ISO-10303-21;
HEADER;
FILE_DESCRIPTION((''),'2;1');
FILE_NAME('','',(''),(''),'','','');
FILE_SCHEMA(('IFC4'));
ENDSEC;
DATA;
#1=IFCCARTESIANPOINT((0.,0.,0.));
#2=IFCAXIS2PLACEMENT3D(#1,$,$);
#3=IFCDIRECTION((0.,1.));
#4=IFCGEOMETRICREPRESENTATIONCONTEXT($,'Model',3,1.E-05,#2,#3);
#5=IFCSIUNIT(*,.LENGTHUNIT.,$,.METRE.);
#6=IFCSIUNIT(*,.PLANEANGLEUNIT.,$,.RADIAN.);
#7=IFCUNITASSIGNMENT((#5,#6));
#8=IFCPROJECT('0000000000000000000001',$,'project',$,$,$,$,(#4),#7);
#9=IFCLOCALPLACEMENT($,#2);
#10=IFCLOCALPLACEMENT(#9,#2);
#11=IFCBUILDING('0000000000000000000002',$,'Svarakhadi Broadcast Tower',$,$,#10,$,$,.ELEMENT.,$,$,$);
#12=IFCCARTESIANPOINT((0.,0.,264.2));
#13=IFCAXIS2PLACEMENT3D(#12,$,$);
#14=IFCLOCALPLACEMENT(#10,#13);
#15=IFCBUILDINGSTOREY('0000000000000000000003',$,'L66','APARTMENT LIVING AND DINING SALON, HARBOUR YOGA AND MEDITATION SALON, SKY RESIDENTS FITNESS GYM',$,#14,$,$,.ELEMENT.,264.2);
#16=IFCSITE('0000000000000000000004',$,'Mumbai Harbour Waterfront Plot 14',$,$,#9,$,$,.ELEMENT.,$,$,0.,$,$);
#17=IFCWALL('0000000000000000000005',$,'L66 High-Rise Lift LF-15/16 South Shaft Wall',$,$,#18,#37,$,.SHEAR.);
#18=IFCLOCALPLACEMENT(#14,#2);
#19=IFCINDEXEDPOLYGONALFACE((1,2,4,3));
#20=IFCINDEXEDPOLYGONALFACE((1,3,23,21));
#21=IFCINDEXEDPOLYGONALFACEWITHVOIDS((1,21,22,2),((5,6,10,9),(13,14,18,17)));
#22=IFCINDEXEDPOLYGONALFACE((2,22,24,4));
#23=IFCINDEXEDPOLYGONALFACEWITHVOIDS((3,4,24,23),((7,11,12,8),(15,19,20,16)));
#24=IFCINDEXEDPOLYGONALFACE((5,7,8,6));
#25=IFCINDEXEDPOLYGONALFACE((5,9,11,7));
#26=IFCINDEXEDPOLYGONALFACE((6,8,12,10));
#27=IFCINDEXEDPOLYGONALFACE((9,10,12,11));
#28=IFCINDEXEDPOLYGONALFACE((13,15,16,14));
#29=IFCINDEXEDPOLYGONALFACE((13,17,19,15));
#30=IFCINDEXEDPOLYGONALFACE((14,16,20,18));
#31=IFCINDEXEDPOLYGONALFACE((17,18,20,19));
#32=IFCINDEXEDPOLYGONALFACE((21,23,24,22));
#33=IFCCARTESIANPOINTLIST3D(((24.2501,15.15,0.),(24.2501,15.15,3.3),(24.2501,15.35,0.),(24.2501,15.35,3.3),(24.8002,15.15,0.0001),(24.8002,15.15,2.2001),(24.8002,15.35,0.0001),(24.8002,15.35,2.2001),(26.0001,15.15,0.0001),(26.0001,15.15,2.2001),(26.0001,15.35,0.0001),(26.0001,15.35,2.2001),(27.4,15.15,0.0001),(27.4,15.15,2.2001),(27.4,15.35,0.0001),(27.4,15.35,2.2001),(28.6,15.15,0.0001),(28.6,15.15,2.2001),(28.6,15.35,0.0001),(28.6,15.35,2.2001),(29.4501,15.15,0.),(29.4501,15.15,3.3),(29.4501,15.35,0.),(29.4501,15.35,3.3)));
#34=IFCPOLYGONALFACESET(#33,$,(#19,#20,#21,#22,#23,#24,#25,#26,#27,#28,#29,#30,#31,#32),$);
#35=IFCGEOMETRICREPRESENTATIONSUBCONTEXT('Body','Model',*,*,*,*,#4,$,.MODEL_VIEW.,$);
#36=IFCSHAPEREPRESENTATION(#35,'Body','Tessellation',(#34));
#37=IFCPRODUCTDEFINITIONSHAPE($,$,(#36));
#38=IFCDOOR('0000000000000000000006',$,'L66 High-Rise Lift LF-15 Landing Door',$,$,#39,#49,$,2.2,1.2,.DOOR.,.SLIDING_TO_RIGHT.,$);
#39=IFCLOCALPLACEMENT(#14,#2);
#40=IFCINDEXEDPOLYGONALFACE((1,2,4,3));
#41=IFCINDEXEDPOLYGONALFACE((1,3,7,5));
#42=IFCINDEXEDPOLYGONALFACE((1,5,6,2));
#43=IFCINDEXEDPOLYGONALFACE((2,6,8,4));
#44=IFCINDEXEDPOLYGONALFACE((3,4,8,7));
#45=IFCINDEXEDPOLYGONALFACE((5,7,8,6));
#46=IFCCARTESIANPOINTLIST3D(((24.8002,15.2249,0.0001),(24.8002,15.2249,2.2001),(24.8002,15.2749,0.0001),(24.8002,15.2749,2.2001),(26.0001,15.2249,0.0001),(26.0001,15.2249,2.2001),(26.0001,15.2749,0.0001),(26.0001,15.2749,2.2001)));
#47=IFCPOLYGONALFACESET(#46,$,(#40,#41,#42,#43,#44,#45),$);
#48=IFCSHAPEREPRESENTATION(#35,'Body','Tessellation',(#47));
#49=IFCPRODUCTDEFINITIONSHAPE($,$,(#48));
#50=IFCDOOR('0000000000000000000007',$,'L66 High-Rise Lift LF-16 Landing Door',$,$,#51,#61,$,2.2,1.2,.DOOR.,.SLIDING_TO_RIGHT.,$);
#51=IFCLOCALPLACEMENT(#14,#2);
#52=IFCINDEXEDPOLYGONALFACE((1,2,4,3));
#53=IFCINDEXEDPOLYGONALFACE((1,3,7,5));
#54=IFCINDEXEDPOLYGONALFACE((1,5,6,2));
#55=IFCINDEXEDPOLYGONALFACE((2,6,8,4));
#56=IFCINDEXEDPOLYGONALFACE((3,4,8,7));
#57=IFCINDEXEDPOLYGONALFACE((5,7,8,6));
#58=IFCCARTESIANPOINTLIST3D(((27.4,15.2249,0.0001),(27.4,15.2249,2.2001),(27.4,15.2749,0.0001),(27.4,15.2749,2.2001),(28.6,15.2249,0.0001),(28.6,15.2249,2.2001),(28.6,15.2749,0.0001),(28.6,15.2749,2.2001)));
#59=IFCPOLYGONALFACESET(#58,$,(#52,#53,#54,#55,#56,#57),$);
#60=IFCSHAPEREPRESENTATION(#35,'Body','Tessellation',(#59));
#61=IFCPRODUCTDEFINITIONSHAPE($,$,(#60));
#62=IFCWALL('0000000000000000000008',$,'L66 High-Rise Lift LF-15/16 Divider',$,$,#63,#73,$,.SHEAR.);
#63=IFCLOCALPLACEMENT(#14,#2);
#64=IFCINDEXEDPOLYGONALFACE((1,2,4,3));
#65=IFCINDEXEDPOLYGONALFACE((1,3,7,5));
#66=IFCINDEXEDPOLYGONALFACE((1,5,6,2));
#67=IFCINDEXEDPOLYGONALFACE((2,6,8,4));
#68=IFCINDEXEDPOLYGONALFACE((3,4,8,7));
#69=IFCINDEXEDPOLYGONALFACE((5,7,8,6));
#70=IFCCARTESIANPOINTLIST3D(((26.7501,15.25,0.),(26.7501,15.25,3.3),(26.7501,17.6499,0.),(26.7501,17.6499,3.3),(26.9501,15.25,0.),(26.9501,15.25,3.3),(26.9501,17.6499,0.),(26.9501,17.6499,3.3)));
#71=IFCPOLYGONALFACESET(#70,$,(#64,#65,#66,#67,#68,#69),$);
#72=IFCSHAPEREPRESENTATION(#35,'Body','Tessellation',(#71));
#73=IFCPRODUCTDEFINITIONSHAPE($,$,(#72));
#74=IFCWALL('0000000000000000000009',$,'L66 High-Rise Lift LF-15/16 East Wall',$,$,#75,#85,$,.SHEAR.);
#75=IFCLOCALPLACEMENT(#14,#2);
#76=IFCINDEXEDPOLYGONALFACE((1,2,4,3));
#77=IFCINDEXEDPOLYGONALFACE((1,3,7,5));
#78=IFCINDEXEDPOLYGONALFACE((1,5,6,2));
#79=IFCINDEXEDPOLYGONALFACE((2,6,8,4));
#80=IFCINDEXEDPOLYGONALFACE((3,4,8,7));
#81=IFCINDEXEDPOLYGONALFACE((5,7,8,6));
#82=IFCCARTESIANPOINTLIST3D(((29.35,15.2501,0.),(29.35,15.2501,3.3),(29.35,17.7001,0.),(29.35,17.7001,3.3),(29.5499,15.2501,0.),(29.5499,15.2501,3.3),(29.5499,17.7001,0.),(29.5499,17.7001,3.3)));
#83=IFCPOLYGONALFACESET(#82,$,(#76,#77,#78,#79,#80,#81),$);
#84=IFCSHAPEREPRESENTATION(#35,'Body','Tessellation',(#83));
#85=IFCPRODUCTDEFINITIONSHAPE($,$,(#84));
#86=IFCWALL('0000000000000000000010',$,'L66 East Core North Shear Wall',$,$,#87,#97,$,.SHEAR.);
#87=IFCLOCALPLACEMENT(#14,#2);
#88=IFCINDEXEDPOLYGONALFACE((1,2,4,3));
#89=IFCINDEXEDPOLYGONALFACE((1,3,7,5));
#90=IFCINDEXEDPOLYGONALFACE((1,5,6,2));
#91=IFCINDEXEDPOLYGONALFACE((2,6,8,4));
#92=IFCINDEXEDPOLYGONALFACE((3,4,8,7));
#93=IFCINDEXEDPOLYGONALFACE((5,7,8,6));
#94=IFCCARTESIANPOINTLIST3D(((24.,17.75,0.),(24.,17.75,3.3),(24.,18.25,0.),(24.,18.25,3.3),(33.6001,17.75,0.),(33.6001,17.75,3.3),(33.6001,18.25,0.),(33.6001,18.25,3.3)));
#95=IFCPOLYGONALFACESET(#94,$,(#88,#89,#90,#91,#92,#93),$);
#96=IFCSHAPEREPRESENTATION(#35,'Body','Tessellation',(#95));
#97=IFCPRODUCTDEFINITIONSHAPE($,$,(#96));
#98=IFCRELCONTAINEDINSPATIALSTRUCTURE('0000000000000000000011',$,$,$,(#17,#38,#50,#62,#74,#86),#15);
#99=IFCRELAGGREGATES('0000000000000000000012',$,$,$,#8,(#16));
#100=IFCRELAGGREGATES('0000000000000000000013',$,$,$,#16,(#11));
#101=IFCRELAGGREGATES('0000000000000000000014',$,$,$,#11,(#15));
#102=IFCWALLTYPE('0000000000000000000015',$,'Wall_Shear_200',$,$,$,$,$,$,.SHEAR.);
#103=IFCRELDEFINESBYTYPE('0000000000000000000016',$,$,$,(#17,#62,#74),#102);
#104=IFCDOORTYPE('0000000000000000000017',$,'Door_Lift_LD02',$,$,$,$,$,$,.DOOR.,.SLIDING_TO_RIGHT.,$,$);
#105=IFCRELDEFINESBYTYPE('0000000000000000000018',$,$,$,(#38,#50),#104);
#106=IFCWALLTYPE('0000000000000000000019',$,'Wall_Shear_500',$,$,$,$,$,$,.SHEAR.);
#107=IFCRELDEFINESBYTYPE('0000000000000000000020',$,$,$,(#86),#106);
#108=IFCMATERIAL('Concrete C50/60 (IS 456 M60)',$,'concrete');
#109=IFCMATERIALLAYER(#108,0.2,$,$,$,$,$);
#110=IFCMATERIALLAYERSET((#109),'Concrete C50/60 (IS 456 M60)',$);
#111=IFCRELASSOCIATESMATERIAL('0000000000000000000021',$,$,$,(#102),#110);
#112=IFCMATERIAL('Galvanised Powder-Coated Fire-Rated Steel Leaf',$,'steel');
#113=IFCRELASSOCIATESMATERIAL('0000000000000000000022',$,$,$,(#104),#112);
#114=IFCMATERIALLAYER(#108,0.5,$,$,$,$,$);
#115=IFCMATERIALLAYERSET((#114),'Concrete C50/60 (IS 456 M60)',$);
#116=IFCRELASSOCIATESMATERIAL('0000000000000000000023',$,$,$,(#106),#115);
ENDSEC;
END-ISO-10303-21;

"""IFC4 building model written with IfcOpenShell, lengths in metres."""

from ifc_helpers import new_model, si_unit, direction, frame, frame_2d, origin, place, context, subcontext, project, spatial, rectangle, extrude, material, layer, layer_set, type_object, element, fill, save


model = new_model("IFC4")

# Units and contexts
model_context = context("Model", 3, precision=1e-05, world=origin(), true_north=direction((0.0, 1.0)))
body_context = subcontext(model_context, "Body", "Model", "MODEL_VIEW")
ifc_project = project(units=[si_unit("LENGTHUNIT", "METRE"), si_unit("PLANEANGLEUNIT", "RADIAN")], contexts=[model_context])

# Site, building, storey
site_placement = place(None, origin())
site = spatial("IfcSite", under=ifc_project, at=site_placement, Name="Mumbai Harbour Waterfront Plot 14", CompositionType="ELEMENT", RefElevation=0.0)
building_placement = place(site_placement, origin())
building = spatial("IfcBuilding", under=site, at=building_placement, Name="Svarakhadi Broadcast Tower", CompositionType="ELEMENT")
storey_placement = place(building_placement, frame((0.0, 0.0, 264.2)))
storey = spatial("IfcBuildingStorey", under=building, at=storey_placement, Name="L66", Description="APARTMENT LIVING AND DINING SALON, HARBOUR YOGA AND MEDITATION SALON, SKY RESIDENTS FITNESS GYM", CompositionType="ELEMENT", Elevation=264.2)

# Shared definitions
ifc_material_1 = material(Name="Concrete C50/60 (IS 456 M60)", Category="concrete")

# Shared definitions
ifc_layer_1 = layer(ifc_material_1, 0.2)
ifc_layer_set_1 = layer_set([ifc_layer_1], Name="Concrete C50/60 (IS 456 M60)")
wall_type_1 = type_object("IfcWallType", Name="Wall_Shear_200", PredefinedType="SHEAR", material=ifc_layer_set_1)

# Shared definitions
ifc_material_2 = material(Name="Galvanised Powder-Coated Fire-Rated Steel Leaf", Category="steel")

# Wall, openings, doors
wall_1_placement = place(storey_placement, frame((24.25, 15.25, 0.0), z_axis=(0.0, 0.0, 1.0), x_axis=(1.0, 0.0, 0.0)))
wall_1 = element("IfcWall", 1, at=wall_1_placement, inside=storey, type_object=wall_type_1, Name="L66 High-Rise Lift LF-15/16 South Shaft Wall", PredefinedType="SHEAR", context=body_context, shape_type="SweptSolid", body=[
    extrude(rectangle(XDim=5.2, YDim=0.2, at=frame_2d((2.6001, 0.0))), origin(), (0.0, 0.0, 1.0), 3.3),
])
opening_1_placement = place(wall_1_placement, frame((0.55, 0.0, 0.0)))
opening_1 = element("IfcOpeningElement", 2, at=opening_1_placement, cuts=wall_1, PredefinedType="OPENING", context=body_context, shape_type="SweptSolid", body=[
    extrude(rectangle(XDim=1.2, YDim=2.2, at=frame_2d((0.6001, 1.1001))), frame((0.0, 0.1099, 0.0), z_axis=(0.0, -1.0, 0.0), x_axis=(1.0, 0.0, 0.0)), (0.0, 0.0, 1.0), 0.22),
])
opening_2_placement = place(wall_1_placement, frame((3.1499, 0.0, 0.0)))
opening_2 = element("IfcOpeningElement", 3, at=opening_2_placement, cuts=wall_1, PredefinedType="OPENING", context=body_context, shape_type="SweptSolid", body=[
    extrude(rectangle(XDim=1.2, YDim=2.2, at=frame_2d((0.6001, 1.1001))), frame((0.0, 0.1099, 0.0), z_axis=(0.0, -1.0, 0.0), x_axis=(1.0, 0.0, 0.0)), (0.0, 0.0, 1.0), 0.22),
])
door_type_1 = type_object("IfcDoorType", Name="Door_Lift_LD02", OperationType="SLIDING_TO_RIGHT", PredefinedType="DOOR", material=ifc_material_2)
door_1_placement = place(opening_1_placement, origin())
door_1 = element("IfcDoor", 4, at=door_1_placement, inside=storey, type_object=door_type_1, Name="L66 High-Rise Lift LF-15 Landing Door", OperationType="SLIDING_TO_RIGHT", OverallHeight=2.2, OverallWidth=1.2, PredefinedType="DOOR", context=body_context, shape_type="SweptSolid", body=[
    extrude(rectangle(XDim=1.2, YDim=2.2, at=frame_2d((0.6001, 1.1001))), frame((0.0, 0.0249, 0.0), z_axis=(0.0, -1.0, 0.0), x_axis=(1.0, 0.0, 0.0)), (0.0, 0.0, 1.0), 0.05),
])
fill(opening_1, door_1)
door_2_placement = place(opening_2_placement, origin())
door_2 = element("IfcDoor", 5, at=door_2_placement, inside=storey, type_object=door_type_1, Name="L66 High-Rise Lift LF-16 Landing Door", OperationType="SLIDING_TO_RIGHT", OverallHeight=2.2, OverallWidth=1.2, PredefinedType="DOOR", context=body_context, shape_type="SweptSolid", body=[
    extrude(rectangle(XDim=1.2, YDim=2.2, at=frame_2d((0.6001, 1.1001))), frame((0.0, 0.0249, 0.0), z_axis=(0.0, -1.0, 0.0), x_axis=(1.0, 0.0, 0.0)), (0.0, 0.0, 1.0), 0.05),
])
fill(opening_2, door_2)

# Walls
wall_2_placement = place(storey_placement, frame((26.8501, 15.25, 0.0), z_axis=(0.0, 0.0, 1.0), x_axis=(0.0, 1.0, 0.0)))
element("IfcWall", 6, at=wall_2_placement, inside=storey, type_object=wall_type_1, Name="L66 High-Rise Lift LF-15/16 Divider", PredefinedType="SHEAR", context=body_context, shape_type="SweptSolid", body=[
    extrude(rectangle(XDim=2.3999, YDim=0.2, at=frame_2d((1.2, 0.0))), origin(), (0.0, 0.0, 1.0), 3.3),
])
wall_3_placement = place(storey_placement, frame((29.45, 15.25, 0.0), z_axis=(0.0, 0.0, 1.0), x_axis=(0.0, 1.0, 0.0)))
element("IfcWall", 7, at=wall_3_placement, inside=storey, type_object=wall_type_1, Name="L66 High-Rise Lift LF-15/16 East Wall", PredefinedType="SHEAR", context=body_context, shape_type="SweptSolid", body=[
    extrude(rectangle(XDim=2.45, YDim=0.2, at=frame_2d((1.2251, 0.0))), origin(), (0.0, 0.0, 1.0), 3.3),
])
ifc_layer_2 = layer(ifc_material_1, 0.5)
ifc_layer_set_2 = layer_set([ifc_layer_2], Name="Concrete C50/60 (IS 456 M60)")
wall_type_2 = type_object("IfcWallType", Name="Wall_Shear_500", PredefinedType="SHEAR", material=ifc_layer_set_2)
wall_4_placement = place(storey_placement, frame((24.0, 18.0, 0.0), z_axis=(0.0, 0.0, 1.0), x_axis=(1.0, 0.0, 0.0)))
element("IfcWall", 8, at=wall_4_placement, inside=storey, type_object=wall_type_2, Name="L66 East Core North Shear Wall", PredefinedType="SHEAR", context=body_context, shape_type="SweptSolid", body=[
    extrude(rectangle(XDim=9.6001, YDim=0.5, at=frame_2d((4.8, 0.0))), origin(), (0.0, 0.0, 1.0), 3.3),
])

save(model, "model.ifc")
